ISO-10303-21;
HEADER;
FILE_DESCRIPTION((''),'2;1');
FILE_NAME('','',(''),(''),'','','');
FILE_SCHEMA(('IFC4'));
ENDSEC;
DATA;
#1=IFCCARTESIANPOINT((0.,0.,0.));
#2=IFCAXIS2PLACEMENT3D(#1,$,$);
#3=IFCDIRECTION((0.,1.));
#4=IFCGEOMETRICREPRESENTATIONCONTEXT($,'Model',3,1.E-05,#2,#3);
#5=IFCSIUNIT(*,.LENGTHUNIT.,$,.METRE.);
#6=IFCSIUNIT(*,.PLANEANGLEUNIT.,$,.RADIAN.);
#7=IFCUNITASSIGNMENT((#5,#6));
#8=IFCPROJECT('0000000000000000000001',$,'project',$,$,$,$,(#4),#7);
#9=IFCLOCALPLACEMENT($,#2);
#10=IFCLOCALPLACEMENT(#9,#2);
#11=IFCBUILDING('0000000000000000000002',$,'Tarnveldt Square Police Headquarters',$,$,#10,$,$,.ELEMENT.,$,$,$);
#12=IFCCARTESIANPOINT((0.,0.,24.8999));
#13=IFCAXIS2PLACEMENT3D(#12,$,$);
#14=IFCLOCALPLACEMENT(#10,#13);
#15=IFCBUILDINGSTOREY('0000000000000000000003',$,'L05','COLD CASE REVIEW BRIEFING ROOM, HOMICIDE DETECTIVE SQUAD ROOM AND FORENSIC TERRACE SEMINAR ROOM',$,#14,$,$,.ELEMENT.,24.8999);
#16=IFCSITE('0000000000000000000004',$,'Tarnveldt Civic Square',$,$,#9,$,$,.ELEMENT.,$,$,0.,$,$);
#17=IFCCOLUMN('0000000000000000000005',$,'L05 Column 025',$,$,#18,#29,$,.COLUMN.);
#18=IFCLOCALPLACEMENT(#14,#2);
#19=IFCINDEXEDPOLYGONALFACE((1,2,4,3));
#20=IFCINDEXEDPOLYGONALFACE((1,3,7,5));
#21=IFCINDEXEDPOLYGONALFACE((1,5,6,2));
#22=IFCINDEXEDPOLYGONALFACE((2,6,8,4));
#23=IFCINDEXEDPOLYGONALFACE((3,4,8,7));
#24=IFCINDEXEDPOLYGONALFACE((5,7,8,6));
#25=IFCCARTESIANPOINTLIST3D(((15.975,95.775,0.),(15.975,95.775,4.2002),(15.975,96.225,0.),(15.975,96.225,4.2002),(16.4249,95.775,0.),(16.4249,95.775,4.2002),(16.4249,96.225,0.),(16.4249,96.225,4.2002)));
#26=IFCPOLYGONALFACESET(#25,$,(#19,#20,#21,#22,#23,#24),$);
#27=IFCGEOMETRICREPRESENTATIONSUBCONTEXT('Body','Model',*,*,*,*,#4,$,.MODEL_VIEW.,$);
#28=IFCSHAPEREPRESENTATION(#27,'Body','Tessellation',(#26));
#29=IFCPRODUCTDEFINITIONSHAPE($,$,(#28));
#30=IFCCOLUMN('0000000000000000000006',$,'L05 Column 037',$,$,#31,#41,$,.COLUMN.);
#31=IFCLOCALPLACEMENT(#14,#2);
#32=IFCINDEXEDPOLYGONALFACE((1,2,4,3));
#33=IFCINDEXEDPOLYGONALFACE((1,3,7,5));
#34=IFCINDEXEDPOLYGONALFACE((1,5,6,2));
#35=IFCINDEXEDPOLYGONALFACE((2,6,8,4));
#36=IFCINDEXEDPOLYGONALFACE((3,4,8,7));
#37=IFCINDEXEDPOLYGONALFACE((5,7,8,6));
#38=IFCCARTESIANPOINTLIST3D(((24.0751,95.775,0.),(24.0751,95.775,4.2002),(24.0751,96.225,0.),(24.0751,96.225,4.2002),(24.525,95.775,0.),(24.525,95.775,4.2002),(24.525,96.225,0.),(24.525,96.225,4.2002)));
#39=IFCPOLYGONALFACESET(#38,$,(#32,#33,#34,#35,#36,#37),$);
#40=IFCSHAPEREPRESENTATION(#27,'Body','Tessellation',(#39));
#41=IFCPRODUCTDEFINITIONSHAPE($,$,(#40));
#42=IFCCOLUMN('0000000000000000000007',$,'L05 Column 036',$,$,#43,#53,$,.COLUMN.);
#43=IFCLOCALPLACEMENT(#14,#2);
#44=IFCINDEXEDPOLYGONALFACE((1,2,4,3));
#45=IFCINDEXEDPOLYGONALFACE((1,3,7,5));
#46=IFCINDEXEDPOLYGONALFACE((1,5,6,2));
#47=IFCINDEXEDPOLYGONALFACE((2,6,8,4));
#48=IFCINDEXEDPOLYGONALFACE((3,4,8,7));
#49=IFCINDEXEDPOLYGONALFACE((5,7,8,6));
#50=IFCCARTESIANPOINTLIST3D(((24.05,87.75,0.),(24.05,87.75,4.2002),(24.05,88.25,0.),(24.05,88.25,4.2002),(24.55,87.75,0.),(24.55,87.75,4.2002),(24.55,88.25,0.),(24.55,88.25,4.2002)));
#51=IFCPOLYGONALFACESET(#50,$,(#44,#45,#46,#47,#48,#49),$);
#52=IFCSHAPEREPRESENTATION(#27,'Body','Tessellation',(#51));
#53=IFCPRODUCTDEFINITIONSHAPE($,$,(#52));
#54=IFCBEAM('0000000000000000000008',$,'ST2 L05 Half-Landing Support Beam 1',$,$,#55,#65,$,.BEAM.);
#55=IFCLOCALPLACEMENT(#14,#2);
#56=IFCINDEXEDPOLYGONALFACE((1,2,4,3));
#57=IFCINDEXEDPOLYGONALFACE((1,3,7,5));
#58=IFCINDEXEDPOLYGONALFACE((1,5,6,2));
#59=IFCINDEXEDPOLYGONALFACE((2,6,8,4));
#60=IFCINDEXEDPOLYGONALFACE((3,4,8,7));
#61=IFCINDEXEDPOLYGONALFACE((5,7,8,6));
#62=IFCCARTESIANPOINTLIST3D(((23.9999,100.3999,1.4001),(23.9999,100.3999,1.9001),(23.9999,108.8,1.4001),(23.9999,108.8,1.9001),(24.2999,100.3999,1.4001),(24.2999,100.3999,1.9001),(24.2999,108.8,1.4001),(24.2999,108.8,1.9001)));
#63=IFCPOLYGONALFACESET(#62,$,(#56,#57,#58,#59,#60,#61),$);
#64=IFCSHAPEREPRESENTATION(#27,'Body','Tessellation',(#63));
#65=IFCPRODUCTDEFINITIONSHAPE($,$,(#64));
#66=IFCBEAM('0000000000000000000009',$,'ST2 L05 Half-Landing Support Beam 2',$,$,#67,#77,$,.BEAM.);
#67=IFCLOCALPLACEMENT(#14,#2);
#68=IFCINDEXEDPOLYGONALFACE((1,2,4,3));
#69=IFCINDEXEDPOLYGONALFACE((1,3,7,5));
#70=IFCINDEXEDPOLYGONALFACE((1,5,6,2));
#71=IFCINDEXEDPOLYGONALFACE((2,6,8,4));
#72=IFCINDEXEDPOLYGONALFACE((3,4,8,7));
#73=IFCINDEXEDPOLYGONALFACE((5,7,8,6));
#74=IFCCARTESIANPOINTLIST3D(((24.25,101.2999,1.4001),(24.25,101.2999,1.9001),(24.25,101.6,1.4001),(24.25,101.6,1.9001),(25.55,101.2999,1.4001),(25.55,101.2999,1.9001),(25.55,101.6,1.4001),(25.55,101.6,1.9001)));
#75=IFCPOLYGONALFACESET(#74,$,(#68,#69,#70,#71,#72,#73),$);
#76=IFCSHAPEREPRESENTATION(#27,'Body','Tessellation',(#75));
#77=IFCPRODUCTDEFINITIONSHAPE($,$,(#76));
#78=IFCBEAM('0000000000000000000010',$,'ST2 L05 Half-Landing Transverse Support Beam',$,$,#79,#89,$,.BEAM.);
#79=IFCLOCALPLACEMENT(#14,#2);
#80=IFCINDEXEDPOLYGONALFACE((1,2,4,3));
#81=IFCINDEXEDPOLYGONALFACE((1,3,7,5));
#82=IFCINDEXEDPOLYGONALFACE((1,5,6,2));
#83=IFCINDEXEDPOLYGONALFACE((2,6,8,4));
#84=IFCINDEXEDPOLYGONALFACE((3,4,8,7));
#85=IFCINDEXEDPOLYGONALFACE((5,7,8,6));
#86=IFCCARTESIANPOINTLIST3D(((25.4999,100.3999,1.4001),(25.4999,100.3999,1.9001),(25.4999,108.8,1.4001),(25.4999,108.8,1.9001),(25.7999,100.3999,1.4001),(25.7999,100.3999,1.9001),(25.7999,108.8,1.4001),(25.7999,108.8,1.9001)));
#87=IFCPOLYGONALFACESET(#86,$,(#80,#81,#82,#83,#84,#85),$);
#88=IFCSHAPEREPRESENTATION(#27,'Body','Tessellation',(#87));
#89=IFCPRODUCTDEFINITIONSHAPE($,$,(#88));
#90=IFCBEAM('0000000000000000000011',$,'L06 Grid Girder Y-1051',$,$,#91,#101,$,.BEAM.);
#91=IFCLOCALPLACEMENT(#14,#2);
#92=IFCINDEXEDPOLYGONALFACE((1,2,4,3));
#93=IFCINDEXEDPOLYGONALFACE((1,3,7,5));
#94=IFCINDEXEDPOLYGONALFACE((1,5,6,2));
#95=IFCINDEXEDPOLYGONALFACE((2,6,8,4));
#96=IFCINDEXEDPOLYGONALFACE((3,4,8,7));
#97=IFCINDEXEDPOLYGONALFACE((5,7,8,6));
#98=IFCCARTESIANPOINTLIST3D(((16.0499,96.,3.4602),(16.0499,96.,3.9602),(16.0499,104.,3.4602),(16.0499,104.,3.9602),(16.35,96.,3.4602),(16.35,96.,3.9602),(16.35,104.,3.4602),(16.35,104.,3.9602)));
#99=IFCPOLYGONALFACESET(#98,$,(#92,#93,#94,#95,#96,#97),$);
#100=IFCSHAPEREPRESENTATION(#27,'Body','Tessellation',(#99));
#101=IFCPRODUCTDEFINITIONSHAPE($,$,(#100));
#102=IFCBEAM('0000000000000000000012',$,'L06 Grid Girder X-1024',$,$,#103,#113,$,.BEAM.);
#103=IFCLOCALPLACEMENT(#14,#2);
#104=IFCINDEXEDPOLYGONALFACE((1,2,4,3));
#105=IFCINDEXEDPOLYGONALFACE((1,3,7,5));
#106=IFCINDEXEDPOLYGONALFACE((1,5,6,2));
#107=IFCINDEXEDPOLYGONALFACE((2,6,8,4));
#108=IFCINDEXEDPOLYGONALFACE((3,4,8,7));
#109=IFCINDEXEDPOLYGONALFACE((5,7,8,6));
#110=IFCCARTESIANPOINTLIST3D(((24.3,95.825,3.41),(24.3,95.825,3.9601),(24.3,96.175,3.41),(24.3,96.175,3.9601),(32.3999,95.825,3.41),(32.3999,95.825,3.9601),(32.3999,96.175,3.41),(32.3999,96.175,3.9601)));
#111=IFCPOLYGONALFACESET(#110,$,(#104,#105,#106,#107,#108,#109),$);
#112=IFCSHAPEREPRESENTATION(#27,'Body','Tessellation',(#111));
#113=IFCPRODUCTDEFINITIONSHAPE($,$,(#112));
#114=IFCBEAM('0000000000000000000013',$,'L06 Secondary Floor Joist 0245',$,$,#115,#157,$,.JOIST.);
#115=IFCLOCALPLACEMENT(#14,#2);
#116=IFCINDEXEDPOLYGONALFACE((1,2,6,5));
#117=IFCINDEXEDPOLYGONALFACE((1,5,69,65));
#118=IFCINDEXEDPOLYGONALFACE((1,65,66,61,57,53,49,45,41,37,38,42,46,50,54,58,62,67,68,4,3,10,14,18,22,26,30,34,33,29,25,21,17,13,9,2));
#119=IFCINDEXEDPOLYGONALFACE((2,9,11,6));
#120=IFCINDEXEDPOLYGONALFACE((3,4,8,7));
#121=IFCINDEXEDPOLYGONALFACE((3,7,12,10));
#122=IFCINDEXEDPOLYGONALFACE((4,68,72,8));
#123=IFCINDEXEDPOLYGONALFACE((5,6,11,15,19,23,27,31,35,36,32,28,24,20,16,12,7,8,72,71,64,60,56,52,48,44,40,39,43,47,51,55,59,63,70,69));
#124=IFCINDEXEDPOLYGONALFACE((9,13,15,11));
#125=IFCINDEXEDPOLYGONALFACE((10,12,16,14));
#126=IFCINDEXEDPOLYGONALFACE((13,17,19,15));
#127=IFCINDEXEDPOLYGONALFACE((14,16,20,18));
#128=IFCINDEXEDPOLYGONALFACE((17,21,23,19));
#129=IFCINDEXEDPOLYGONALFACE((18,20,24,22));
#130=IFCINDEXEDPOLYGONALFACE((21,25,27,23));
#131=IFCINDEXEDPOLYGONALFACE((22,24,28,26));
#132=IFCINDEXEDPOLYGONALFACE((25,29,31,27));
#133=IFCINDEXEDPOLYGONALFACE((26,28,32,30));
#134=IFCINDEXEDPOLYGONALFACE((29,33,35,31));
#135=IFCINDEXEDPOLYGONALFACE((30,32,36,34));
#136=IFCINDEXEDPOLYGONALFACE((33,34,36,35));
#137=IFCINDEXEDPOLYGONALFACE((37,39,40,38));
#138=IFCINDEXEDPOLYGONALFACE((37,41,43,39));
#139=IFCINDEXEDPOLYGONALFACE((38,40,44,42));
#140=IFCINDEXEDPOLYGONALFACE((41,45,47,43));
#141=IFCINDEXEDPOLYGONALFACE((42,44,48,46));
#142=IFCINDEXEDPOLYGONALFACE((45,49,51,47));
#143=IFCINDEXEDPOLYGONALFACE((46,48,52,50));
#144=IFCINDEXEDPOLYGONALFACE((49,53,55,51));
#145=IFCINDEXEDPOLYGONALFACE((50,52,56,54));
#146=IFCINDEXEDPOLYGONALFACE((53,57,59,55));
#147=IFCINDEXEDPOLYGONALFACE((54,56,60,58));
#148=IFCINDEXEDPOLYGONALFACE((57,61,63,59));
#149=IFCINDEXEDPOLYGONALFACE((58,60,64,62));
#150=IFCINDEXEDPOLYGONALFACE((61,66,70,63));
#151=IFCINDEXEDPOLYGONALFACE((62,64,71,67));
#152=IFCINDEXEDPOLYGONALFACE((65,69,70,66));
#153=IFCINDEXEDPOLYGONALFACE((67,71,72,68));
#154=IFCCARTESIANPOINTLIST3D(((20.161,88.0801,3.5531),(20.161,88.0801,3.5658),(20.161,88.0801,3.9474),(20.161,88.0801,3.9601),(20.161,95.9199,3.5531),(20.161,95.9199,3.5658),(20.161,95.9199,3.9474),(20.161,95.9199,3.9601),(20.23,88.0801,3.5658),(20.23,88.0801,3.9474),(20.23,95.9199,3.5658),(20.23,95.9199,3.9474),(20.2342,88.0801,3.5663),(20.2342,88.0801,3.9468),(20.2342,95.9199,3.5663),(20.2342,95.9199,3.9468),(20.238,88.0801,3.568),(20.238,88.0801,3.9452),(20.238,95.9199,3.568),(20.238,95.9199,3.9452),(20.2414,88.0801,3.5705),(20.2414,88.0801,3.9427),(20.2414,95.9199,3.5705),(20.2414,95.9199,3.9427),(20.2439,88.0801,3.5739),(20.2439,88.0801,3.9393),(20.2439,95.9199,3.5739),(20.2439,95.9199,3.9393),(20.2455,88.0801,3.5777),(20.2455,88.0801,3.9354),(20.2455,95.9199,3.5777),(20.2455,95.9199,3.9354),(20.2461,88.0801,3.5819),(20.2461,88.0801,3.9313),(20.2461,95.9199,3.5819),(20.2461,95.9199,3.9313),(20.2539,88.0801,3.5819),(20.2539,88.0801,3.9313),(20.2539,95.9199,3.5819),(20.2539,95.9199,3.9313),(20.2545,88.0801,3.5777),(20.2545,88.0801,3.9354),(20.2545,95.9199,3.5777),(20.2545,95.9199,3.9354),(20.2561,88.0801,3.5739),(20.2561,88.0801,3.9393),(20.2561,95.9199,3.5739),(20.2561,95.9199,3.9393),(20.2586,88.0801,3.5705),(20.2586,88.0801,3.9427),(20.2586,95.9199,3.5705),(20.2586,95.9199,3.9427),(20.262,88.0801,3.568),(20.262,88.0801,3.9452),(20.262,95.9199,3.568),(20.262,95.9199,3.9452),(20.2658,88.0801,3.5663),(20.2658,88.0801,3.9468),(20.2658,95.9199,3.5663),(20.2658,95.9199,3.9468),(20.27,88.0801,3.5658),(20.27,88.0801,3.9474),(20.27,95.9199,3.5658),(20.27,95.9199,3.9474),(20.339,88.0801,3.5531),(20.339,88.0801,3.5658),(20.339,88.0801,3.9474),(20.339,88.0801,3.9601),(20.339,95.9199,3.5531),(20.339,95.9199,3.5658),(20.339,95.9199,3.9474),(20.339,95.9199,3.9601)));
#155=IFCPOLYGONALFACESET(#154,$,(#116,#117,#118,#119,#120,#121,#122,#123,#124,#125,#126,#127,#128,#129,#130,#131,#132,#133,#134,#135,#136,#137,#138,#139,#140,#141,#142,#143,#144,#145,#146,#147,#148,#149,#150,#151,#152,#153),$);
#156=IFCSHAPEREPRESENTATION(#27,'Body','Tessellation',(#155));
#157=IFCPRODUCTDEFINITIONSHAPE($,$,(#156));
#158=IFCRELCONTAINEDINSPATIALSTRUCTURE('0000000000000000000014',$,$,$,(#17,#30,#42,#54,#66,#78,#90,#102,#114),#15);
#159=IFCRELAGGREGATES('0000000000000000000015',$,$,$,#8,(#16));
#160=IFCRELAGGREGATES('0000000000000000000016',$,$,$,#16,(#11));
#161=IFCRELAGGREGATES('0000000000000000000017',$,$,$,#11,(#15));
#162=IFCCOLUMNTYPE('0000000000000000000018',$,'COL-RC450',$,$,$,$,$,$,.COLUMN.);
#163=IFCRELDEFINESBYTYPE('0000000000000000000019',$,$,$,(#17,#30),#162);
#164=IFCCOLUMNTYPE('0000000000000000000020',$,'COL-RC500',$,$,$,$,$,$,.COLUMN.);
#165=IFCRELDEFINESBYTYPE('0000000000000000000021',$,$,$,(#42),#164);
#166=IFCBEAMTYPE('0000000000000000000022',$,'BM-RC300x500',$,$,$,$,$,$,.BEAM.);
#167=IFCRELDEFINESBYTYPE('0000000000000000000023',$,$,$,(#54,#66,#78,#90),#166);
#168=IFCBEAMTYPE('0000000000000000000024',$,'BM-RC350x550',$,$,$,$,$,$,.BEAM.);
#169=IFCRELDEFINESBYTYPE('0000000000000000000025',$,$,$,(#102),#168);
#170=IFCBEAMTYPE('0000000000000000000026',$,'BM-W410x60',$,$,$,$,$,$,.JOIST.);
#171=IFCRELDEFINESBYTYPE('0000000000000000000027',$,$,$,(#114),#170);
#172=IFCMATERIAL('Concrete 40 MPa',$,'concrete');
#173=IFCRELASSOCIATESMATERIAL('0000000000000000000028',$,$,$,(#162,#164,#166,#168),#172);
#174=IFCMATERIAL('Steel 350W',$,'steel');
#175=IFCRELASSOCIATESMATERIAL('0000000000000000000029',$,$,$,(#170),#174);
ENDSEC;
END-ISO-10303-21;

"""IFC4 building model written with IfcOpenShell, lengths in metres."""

from ifc_helpers import new_model, si_unit, direction, frame, origin, origin_2d, place, context, subcontext, project, spatial, rectangle, i_section, extrude, material, material_profile, profile_set, type_object, element, save


model = new_model("IFC4")

# Units and contexts
model_context = context("Model", 3, precision=1e-05, world=origin(), true_north=direction((0.0, 1.0)))
body_context = subcontext(model_context, "Body", "Model", "MODEL_VIEW")
ifc_project = project(units=[si_unit("LENGTHUNIT", "METRE"), si_unit("PLANEANGLEUNIT", "RADIAN")], contexts=[model_context])

# Site, building, storey
site_placement = place(None, origin())
site = spatial("IfcSite", under=ifc_project, at=site_placement, Name="Tarnveldt Civic Square", CompositionType="ELEMENT", RefElevation=0.0)
building_placement = place(site_placement, origin())
building = spatial("IfcBuilding", under=site, at=building_placement, Name="Tarnveldt Square Police Headquarters", CompositionType="ELEMENT")
storey_placement = place(building_placement, frame((0.0, 0.0, 24.8999)))
storey = spatial("IfcBuildingStorey", under=building, at=storey_placement, Name="L05", Description="COLD CASE REVIEW BRIEFING ROOM, HOMICIDE DETECTIVE SQUAD ROOM AND FORENSIC TERRACE SEMINAR ROOM", CompositionType="ELEMENT", Elevation=24.8999)

# Columns
ifc_material_1 = material(Name="Concrete 40 MPa", Category="concrete")
ifc_material_profile_1 = material_profile(ifc_material_1, rectangle(XDim=0.45, YDim=0.45, at=origin_2d()), Name="RC-C450x450")
ifc_profile_set_1 = profile_set([ifc_material_profile_1], Name="Concrete 40 MPa")
column_type_1 = type_object("IfcColumnType", Name="COL-RC450", PredefinedType="COLUMN", material=ifc_profile_set_1)
for number, where, z_axis, x_axis, name in (
    (1, (16.2, 96.0, 0.0), (0.0, 0.0, 1.0), (1.0, 0.0, 0.0), "L05 Column 025"),
    (2, (24.3, 96.0, 0.0), (0.0, 0.0, 1.0), (1.0, 0.0, 0.0), "L05 Column 037"),
):
    element("IfcColumn", number, at=place(storey_placement, frame(where, z_axis=z_axis, x_axis=x_axis)), inside=storey, type_object=column_type_1, Name=name, PredefinedType="COLUMN", context=body_context, shape_type="SweptSolid", body=[
        extrude(rectangle(XDim=0.45, YDim=0.45, at=origin_2d()), origin(), (0.0, 0.0, 1.0), 4.2002),
    ])
ifc_material_profile_2 = material_profile(ifc_material_1, rectangle(XDim=0.5, YDim=0.5, at=origin_2d()), Name="RC-C500x500")
ifc_profile_set_2 = profile_set([ifc_material_profile_2], Name="Concrete 40 MPa")
column_type_2 = type_object("IfcColumnType", Name="COL-RC500", PredefinedType="COLUMN", material=ifc_profile_set_2)
column_placement = place(storey_placement, frame((24.3, 88.0, 0.0), z_axis=(0.0, 0.0, 1.0), x_axis=(1.0, 0.0, 0.0)))
element("IfcColumn", 3, at=column_placement, inside=storey, type_object=column_type_2, Name="L05 Column 036", PredefinedType="COLUMN", context=body_context, shape_type="SweptSolid", body=[
    extrude(rectangle(XDim=0.5, YDim=0.5, at=origin_2d()), origin(), (0.0, 0.0, 1.0), 4.2002),
])

# Beams
ifc_material_profile_3 = material_profile(ifc_material_1, rectangle(XDim=0.3, YDim=0.5, at=origin_2d()), Name="RC-B300x500")
ifc_profile_set_3 = profile_set([ifc_material_profile_3], Name="Concrete 40 MPa")
beam_type_1 = type_object("IfcBeamType", Name="BM-RC300x500", PredefinedType="BEAM", material=ifc_profile_set_3)
beam_1_placement = place(storey_placement, frame((24.1499, 100.3999, 1.6501), z_axis=(0.0, 1.0, 0.0), x_axis=(-1.0, 0.0, 0.0)))
element("IfcBeam", 4, at=beam_1_placement, inside=storey, type_object=beam_type_1, Name="ST2 L05 Half-Landing Support Beam 1", PredefinedType="BEAM", context=body_context, shape_type="SweptSolid", body=[
    extrude(rectangle(XDim=0.3, YDim=0.5, at=origin_2d()), origin(), (0.0, 0.0, 1.0), 8.4001),
])
beam_2_placement = place(storey_placement, frame((24.25, 101.45, 1.6501), z_axis=(1.0, 0.0, 0.0), x_axis=(0.0, 1.0, 0.0)))
element("IfcBeam", 5, at=beam_2_placement, inside=storey, type_object=beam_type_1, Name="ST2 L05 Half-Landing Support Beam 2", PredefinedType="BEAM", context=body_context, shape_type="SweptSolid", body=[
    extrude(rectangle(XDim=0.3, YDim=0.5, at=origin_2d()), origin(), (0.0, 0.0, 1.0), 1.3),
])
beam_3_placement = place(storey_placement, frame((25.6499, 100.3999, 1.6501), z_axis=(0.0, 1.0, 0.0), x_axis=(-1.0, 0.0, 0.0)))
element("IfcBeam", 6, at=beam_3_placement, inside=storey, type_object=beam_type_1, Name="ST2 L05 Half-Landing Transverse Support Beam", PredefinedType="BEAM", context=body_context, shape_type="SweptSolid", body=[
    extrude(rectangle(XDim=0.3, YDim=0.5, at=origin_2d()), origin(), (0.0, 0.0, 1.0), 8.4001),
])
beam_4_placement = place(storey_placement, frame((16.2, 96.0, 3.7102), z_axis=(0.0, 1.0, 0.0), x_axis=(-1.0, 0.0, 0.0)))
element("IfcBeam", 7, at=beam_4_placement, inside=storey, type_object=beam_type_1, Name="L06 Grid Girder Y-1051", PredefinedType="BEAM", context=body_context, shape_type="SweptSolid", body=[
    extrude(rectangle(XDim=0.3, YDim=0.5, at=origin_2d()), origin(), (0.0, 0.0, 1.0), 8.0),
])
ifc_material_profile_4 = material_profile(ifc_material_1, rectangle(XDim=0.3501, YDim=0.55, at=origin_2d()), Name="RC-B350x550")
ifc_profile_set_4 = profile_set([ifc_material_profile_4], Name="Concrete 40 MPa")
beam_type_2 = type_object("IfcBeamType", Name="BM-RC350x550", PredefinedType="BEAM", material=ifc_profile_set_4)
beam_5_placement = place(storey_placement, frame((24.3, 96.0, 3.6851), z_axis=(1.0, 0.0, 0.0), x_axis=(0.0, 1.0, 0.0)))
element("IfcBeam", 8, at=beam_5_placement, inside=storey, type_object=beam_type_2, Name="L06 Grid Girder X-1024", PredefinedType="BEAM", context=body_context, shape_type="SweptSolid", body=[
    extrude(rectangle(XDim=0.3501, YDim=0.55, at=origin_2d()), origin(), (0.0, 0.0, 1.0), 8.0999),
])
ifc_material_2 = material(Name="Steel 350W", Category="steel")
ifc_material_profile_5 = material_profile(ifc_material_2, i_section(OverallWidth=0.178, OverallDepth=0.407, WebThickness=0.0078, FlangeThickness=0.0127, FilletRadius=0.0161, at=origin_2d()), Name="W410x60")
ifc_profile_set_5 = profile_set([ifc_material_profile_5], Name="Steel 350W")
beam_type_3 = type_object("IfcBeamType", Name="BM-W410x60", PredefinedType="JOIST", material=ifc_profile_set_5)
beam_6_placement = place(storey_placement, frame((20.25, 88.0801, 3.7566), z_axis=(0.0, 1.0, 0.0), x_axis=(-1.0, 0.0, 0.0)))
element("IfcBeam", 9, at=beam_6_placement, inside=storey, type_object=beam_type_3, Name="L06 Secondary Floor Joist 0245", PredefinedType="JOIST", context=body_context, shape_type="SweptSolid", body=[
    extrude(i_section(OverallWidth=0.178, OverallDepth=0.407, WebThickness=0.0078, FlangeThickness=0.0127, FilletRadius=0.0161, at=origin_2d()), origin(), (0.0, 0.0, 1.0), 7.8398),
])

save(model, "model.ifc")
